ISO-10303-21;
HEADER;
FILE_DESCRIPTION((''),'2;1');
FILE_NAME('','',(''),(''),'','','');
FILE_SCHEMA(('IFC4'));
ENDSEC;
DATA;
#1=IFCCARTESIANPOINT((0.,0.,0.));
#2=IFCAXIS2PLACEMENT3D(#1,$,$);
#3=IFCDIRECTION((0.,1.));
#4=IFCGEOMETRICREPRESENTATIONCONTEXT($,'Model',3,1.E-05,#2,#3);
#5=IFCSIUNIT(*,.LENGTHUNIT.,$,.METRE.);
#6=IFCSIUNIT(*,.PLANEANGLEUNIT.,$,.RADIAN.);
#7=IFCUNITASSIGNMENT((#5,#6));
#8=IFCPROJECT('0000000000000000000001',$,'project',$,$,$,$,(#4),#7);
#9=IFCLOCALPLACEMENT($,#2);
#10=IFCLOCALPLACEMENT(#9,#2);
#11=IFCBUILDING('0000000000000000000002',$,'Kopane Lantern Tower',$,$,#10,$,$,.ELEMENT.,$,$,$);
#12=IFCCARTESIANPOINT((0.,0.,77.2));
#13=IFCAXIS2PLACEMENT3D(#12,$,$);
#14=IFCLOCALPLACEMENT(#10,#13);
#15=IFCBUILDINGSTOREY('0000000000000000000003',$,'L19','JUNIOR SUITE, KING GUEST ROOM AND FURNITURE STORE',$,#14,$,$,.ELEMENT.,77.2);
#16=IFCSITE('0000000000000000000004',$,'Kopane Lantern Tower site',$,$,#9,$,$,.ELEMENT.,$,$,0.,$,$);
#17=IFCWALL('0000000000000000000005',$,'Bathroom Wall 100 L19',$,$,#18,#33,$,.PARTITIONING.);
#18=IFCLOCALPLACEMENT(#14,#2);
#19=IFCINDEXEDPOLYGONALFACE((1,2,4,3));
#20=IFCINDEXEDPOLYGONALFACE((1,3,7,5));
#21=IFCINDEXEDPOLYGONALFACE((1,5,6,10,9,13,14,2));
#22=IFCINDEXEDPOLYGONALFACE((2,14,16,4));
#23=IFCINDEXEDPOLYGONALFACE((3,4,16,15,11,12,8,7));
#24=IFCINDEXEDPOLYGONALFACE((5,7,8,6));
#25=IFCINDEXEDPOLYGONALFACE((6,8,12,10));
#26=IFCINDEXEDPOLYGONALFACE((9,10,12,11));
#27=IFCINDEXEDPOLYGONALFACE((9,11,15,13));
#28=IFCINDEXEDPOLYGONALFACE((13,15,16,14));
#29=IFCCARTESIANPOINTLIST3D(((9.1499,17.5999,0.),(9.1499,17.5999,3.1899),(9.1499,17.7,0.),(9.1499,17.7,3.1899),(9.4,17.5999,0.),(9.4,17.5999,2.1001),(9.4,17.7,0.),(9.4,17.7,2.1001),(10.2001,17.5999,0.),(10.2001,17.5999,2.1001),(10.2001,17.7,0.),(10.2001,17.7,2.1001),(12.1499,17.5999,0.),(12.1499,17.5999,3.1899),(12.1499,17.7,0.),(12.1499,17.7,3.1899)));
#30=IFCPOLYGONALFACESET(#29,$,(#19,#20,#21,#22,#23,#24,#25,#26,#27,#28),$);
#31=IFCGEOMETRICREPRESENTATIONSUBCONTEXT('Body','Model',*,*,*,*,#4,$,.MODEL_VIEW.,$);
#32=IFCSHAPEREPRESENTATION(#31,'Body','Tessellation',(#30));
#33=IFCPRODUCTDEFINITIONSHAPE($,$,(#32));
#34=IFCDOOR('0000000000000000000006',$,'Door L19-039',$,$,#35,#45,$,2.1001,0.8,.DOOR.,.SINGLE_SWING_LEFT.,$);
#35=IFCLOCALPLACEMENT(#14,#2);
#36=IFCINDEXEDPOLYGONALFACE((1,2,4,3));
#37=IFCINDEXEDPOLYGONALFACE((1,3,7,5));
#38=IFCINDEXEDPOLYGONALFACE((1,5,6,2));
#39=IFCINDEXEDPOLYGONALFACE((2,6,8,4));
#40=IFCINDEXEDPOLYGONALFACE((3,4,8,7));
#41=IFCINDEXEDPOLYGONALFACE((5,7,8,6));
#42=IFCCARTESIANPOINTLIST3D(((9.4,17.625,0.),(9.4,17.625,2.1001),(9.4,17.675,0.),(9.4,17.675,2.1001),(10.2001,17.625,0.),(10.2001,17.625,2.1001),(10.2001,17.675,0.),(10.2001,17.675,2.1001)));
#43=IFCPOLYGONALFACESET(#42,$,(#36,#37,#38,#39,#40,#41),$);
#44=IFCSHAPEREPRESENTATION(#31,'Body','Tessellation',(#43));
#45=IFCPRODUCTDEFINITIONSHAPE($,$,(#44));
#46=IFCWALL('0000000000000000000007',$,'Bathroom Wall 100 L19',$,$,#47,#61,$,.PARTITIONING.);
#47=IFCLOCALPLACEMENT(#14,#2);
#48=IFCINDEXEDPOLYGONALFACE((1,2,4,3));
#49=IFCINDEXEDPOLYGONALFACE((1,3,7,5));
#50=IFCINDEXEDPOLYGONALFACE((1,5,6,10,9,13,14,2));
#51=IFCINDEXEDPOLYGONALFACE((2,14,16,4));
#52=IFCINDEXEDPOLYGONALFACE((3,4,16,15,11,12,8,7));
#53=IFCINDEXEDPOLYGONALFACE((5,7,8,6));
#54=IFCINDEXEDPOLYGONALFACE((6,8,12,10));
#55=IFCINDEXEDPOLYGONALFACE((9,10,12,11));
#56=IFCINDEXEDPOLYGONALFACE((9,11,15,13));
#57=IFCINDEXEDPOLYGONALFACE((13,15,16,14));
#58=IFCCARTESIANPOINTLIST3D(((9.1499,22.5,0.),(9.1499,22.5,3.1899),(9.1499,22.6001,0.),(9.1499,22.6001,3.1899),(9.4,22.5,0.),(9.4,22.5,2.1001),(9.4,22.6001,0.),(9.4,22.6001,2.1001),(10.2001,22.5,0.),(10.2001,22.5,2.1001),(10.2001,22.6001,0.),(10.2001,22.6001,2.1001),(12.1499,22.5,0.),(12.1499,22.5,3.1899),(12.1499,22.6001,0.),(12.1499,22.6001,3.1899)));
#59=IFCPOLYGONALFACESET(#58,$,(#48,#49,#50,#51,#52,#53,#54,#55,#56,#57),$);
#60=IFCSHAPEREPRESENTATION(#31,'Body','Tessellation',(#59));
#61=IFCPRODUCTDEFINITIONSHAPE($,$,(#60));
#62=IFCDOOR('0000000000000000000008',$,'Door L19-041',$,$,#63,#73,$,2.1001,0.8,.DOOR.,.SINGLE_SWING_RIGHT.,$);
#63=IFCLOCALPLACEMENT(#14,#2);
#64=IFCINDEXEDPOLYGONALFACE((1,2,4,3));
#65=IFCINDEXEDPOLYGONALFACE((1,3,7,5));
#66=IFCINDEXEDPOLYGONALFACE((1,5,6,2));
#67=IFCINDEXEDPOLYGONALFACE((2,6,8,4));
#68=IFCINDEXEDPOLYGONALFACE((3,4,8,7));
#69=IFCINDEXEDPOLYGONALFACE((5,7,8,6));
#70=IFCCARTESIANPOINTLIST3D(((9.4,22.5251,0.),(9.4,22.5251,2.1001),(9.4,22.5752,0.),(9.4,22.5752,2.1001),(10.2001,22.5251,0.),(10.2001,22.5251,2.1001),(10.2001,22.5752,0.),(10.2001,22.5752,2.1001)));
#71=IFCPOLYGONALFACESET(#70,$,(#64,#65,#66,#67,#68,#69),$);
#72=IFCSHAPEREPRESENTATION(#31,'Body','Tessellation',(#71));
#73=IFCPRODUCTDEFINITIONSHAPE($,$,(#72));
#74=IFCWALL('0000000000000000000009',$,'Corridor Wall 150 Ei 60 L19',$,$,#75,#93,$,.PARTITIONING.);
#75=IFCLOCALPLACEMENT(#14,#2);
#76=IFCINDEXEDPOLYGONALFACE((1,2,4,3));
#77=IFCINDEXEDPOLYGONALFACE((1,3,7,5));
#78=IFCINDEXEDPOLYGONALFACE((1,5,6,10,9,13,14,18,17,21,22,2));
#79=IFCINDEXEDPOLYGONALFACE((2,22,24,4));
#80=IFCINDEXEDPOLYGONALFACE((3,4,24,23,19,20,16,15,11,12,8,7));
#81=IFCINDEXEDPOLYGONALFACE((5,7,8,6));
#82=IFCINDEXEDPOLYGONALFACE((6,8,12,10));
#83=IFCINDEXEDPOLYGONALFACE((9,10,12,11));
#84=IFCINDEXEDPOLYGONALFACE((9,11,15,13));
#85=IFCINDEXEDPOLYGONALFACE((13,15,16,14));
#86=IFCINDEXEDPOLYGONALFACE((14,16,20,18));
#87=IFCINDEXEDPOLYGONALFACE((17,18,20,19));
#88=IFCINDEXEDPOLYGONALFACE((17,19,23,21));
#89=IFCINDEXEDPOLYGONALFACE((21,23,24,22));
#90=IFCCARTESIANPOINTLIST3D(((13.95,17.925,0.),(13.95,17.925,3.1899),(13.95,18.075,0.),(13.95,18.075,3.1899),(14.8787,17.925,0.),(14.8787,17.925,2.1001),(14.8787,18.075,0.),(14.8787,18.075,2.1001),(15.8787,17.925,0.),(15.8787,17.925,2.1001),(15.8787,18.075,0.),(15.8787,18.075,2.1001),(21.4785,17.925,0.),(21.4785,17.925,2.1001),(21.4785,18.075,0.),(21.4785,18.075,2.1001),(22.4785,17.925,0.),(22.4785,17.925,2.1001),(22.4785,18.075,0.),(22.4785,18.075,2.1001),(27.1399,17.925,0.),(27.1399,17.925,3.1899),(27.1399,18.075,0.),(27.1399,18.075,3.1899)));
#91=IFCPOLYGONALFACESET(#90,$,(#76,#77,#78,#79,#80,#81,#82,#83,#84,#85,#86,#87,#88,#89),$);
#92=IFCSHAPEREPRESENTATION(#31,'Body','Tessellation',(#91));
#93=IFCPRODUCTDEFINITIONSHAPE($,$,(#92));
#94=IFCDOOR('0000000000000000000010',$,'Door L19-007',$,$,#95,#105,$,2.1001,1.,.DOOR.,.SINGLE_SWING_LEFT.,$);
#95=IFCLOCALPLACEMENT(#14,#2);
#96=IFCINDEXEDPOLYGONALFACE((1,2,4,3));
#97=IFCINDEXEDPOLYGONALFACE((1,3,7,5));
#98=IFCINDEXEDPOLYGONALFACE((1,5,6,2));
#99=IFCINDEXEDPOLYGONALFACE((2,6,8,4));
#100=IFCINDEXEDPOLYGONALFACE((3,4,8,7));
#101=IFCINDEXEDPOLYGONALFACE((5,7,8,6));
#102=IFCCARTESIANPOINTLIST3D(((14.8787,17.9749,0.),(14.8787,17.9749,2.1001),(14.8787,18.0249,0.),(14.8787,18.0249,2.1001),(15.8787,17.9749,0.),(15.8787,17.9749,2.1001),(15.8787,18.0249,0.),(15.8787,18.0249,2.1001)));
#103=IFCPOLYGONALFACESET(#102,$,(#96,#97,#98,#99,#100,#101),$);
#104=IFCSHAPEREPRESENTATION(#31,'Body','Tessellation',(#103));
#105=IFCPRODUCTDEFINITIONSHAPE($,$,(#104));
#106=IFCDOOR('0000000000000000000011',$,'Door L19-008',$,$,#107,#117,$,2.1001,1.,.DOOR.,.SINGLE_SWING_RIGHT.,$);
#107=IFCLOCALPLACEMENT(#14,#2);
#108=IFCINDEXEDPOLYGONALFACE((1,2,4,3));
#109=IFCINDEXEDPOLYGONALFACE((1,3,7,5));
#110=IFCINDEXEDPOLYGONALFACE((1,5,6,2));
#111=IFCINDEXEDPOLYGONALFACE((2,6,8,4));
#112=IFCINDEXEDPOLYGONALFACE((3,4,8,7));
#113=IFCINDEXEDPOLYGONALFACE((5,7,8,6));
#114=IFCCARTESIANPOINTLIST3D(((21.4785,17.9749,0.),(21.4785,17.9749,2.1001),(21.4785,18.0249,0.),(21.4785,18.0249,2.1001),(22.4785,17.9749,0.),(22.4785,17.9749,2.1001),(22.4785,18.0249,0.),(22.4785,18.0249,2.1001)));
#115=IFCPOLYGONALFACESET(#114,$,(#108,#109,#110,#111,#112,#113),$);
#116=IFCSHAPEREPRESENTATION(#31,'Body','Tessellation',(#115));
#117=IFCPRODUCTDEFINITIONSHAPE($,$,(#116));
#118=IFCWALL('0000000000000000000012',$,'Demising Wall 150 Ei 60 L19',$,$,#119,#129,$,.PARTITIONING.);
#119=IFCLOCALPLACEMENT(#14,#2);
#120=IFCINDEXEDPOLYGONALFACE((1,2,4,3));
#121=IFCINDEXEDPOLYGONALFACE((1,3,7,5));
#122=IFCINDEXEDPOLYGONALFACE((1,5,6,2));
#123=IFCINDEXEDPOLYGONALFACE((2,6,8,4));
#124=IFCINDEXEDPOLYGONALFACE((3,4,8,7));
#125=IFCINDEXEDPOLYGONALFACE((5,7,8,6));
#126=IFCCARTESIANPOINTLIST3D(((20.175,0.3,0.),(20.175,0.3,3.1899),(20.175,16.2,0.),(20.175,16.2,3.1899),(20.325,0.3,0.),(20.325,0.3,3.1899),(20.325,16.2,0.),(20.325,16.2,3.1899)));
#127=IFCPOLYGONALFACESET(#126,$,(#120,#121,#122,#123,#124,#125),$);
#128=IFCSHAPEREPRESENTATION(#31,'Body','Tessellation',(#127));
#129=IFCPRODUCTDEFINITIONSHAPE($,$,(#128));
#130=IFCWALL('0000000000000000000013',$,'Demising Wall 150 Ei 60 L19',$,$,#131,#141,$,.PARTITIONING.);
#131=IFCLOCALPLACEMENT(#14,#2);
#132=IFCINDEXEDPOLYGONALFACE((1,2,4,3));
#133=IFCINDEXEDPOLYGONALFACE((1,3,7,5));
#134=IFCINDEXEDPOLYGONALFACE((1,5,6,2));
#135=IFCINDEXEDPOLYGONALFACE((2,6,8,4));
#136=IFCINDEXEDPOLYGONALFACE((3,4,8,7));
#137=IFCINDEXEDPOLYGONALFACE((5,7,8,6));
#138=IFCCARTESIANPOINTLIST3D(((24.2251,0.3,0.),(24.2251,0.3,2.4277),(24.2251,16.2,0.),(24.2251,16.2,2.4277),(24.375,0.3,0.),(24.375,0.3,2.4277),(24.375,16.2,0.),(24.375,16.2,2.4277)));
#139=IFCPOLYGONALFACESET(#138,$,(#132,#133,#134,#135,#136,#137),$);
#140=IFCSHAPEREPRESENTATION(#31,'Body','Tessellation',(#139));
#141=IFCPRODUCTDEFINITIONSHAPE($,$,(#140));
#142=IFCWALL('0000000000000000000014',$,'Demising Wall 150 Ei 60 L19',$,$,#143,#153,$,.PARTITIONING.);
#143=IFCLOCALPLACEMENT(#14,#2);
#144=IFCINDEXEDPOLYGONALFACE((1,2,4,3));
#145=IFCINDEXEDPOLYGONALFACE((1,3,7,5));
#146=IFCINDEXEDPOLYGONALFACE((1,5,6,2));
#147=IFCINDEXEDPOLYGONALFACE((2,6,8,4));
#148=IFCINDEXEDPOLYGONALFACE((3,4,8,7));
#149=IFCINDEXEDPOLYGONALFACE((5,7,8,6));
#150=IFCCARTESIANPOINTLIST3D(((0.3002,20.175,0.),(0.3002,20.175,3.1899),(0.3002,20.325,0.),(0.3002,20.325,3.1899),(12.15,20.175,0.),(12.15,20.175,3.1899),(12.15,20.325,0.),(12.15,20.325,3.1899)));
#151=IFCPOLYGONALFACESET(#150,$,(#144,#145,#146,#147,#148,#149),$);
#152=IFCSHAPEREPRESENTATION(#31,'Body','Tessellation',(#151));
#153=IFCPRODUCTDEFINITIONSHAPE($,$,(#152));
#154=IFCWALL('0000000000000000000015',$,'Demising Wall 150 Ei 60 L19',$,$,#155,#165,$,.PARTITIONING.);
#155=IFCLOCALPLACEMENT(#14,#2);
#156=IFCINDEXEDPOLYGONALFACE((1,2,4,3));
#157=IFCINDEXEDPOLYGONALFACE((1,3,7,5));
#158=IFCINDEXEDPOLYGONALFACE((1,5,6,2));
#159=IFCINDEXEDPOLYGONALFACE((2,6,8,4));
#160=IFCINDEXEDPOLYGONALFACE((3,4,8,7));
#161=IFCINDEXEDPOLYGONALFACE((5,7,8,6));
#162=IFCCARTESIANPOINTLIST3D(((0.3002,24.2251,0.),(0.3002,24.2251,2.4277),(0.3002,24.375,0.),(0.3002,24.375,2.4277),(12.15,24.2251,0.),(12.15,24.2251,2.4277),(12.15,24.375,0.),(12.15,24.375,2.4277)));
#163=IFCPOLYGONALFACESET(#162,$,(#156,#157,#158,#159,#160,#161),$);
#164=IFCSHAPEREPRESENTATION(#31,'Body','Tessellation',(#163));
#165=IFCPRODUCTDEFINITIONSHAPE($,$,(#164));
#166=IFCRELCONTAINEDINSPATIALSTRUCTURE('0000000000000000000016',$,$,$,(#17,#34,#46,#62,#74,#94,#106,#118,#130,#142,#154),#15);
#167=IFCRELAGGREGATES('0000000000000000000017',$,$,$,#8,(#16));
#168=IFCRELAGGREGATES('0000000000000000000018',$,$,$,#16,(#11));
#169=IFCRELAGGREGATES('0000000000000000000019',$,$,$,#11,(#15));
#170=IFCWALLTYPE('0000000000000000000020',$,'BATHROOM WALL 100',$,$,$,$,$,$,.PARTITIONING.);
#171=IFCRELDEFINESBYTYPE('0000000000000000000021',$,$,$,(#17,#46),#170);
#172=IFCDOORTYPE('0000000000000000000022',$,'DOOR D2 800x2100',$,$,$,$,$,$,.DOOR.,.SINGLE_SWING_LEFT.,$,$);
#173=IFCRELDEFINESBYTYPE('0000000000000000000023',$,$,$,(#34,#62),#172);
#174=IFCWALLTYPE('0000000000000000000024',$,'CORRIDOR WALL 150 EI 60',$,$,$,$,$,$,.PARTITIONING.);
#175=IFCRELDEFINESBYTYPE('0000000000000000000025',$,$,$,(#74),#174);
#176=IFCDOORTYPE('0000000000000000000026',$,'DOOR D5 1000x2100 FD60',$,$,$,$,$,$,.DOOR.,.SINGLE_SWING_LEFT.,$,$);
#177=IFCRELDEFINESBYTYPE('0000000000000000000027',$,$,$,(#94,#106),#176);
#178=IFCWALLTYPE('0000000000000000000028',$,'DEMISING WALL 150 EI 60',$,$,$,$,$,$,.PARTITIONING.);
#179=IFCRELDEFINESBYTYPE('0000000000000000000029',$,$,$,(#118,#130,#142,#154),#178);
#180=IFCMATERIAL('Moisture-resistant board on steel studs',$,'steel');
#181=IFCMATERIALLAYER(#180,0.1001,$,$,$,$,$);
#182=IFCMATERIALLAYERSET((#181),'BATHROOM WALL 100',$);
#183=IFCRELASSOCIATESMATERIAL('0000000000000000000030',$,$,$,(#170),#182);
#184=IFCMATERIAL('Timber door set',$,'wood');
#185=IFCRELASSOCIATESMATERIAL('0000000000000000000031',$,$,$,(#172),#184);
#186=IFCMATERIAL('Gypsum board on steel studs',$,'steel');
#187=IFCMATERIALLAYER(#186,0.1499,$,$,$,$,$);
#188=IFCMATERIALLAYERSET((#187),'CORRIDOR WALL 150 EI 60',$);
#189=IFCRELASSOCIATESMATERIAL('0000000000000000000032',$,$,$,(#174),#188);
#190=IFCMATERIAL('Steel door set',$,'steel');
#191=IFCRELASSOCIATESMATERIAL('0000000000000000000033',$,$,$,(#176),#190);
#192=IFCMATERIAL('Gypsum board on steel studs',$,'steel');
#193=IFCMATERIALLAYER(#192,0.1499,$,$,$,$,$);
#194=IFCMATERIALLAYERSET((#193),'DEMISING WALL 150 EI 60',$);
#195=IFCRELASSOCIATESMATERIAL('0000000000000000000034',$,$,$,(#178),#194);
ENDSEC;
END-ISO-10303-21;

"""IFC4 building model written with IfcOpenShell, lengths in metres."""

from ifc_helpers import new_model, si_unit, direction, frame, frame_2d, origin, place, context, subcontext, project, spatial, rectangle, extrude, material, layer, layer_set, type_object, element, fill, save


model = new_model("IFC4")

# Units and contexts
model_context = context("Model", 3, precision=1e-05, world=origin(), true_north=direction((0.0, 1.0)))
body_context = subcontext(model_context, "Body", "Model", "MODEL_VIEW")
ifc_project = project(units=[si_unit("LENGTHUNIT", "METRE"), si_unit("PLANEANGLEUNIT", "RADIAN")], contexts=[model_context])

# Site, building, storey
site_placement = place(None, origin())
site = spatial("IfcSite", under=ifc_project, at=site_placement, Name="Kopane Lantern Tower site", CompositionType="ELEMENT", RefElevation=0.0)
building_placement = place(site_placement, origin())
building = spatial("IfcBuilding", under=site, at=building_placement, Name="Kopane Lantern Tower", CompositionType="ELEMENT")
storey_placement = place(building_placement, frame((0.0, 0.0, 77.2)))
storey = spatial("IfcBuildingStorey", under=building, at=storey_placement, Name="L19", Description="JUNIOR SUITE, KING GUEST ROOM AND FURNITURE STORE", CompositionType="ELEMENT", Elevation=77.2)

# Walls, openings, doors
ifc_material_1 = material(Name="Moisture-resistant board on steel studs", Category="steel")
ifc_layer_1 = layer(ifc_material_1, 0.1001)
ifc_layer_set_1 = layer_set([ifc_layer_1], Name="BATHROOM WALL 100")
wall_type_1 = type_object("IfcWallType", Name="BATHROOM WALL 100", PredefinedType="PARTITIONING", material=ifc_layer_set_1)
ifc_material_2 = material(Name="Timber door set", Category="wood")
door_type_1 = type_object("IfcDoorType", Name="DOOR D2 800x2100", OperationType="SINGLE_SWING_LEFT", PredefinedType="DOOR", material=ifc_material_2)
wall_1_placement = place(storey_placement, frame((12.1499, 17.6499, 0.0), z_axis=(0.0, 0.0, 1.0), x_axis=(-1.0, 0.0, 0.0)))
wall_1 = element("IfcWall", 1, at=wall_1_placement, inside=storey, type_object=wall_type_1, Name="Bathroom Wall 100 L19", PredefinedType="PARTITIONING", context=body_context, shape_type="SweptSolid", body=[
    extrude(rectangle(XDim=3.0, YDim=0.1001, at=frame_2d((1.5, 0.0))), origin(), (0.0, 0.0, 1.0), 3.1899),
])
opening_1_placement = place(wall_1_placement, frame((1.95, 0.0, 0.0)))
opening_1 = element("IfcOpeningElement", 2, at=opening_1_placement, cuts=wall_1, PredefinedType="OPENING", context=body_context, shape_type="SweptSolid", body=[
    extrude(rectangle(XDim=0.8, YDim=2.1001, at=frame_2d((0.3999, 1.05))), frame((0.0, 0.0601, 0.0), z_axis=(0.0, -1.0, 0.0), x_axis=(1.0, 0.0, 0.0)), (0.0, 0.0, 1.0), 0.1201),
])
door_1_placement = place(opening_1_placement, origin())
door_1 = element("IfcDoor", 3, at=door_1_placement, inside=storey, type_object=door_type_1, Name="Door L19-039", OperationType="SINGLE_SWING_LEFT", OverallHeight=2.1001, OverallWidth=0.8, PredefinedType="DOOR", context=body_context, shape_type="SweptSolid", body=[
    extrude(rectangle(XDim=0.8, YDim=2.1001, at=frame_2d((0.3999, 1.05))), frame((0.0, 0.0249, 0.0), z_axis=(0.0, -1.0, 0.0), x_axis=(1.0, 0.0, 0.0)), (0.0, 0.0, 1.0), 0.05),
])
fill(opening_1, door_1)
wall_2_placement = place(storey_placement, frame((12.1499, 22.55, 0.0), z_axis=(0.0, 0.0, 1.0), x_axis=(-1.0, 0.0, 0.0)))
wall_2 = element("IfcWall", 4, at=wall_2_placement, inside=storey, type_object=wall_type_1, Name="Bathroom Wall 100 L19", PredefinedType="PARTITIONING", context=body_context, shape_type="SweptSolid", body=[
    extrude(rectangle(XDim=3.0, YDim=0.1001, at=frame_2d((1.5, 0.0))), origin(), (0.0, 0.0, 1.0), 3.1899),
])
opening_2_placement = place(wall_2_placement, frame((1.95, 0.0, 0.0)))
opening_2 = element("IfcOpeningElement", 5, at=opening_2_placement, cuts=wall_2, PredefinedType="OPENING", context=body_context, shape_type="SweptSolid", body=[
    extrude(rectangle(XDim=0.8, YDim=2.1001, at=frame_2d((0.3999, 1.05))), frame((0.0, 0.0601, 0.0), z_axis=(0.0, -1.0, 0.0), x_axis=(1.0, 0.0, 0.0)), (0.0, 0.0, 1.0), 0.1201),
])
door_2_placement = place(opening_2_placement, origin())
door_2 = element("IfcDoor", 6, at=door_2_placement, inside=storey, type_object=door_type_1, Name="Door L19-041", OperationType="SINGLE_SWING_RIGHT", OverallHeight=2.1001, OverallWidth=0.8, PredefinedType="DOOR", context=body_context, shape_type="SweptSolid", body=[
    extrude(rectangle(XDim=0.8, YDim=2.1001, at=frame_2d((0.3999, 1.05))), frame((0.0, 0.0249, 0.0), z_axis=(0.0, -1.0, 0.0), x_axis=(1.0, 0.0, 0.0)), (0.0, 0.0, 1.0), 0.05),
])
fill(opening_2, door_2)

# Wall, openings, doors
ifc_material_3 = material(Name="Gypsum board on steel studs", Category="steel")
ifc_layer_2 = layer(ifc_material_3, 0.1499)
ifc_layer_set_2 = layer_set([ifc_layer_2], Name="CORRIDOR WALL 150 EI 60")
wall_type_2 = type_object("IfcWallType", Name="CORRIDOR WALL 150 EI 60", PredefinedType="PARTITIONING", material=ifc_layer_set_2)
wall_3_placement = place(storey_placement, frame((13.95, 18.0, 0.0), z_axis=(0.0, 0.0, 1.0), x_axis=(1.0, 0.0, 0.0)))
wall_3 = element("IfcWall", 7, at=wall_3_placement, inside=storey, type_object=wall_type_2, Name="Corridor Wall 150 Ei 60 L19", PredefinedType="PARTITIONING", context=body_context, shape_type="SweptSolid", body=[
    extrude(rectangle(XDim=13.1899, YDim=0.1499, at=frame_2d((6.595, 0.0))), origin(), (0.0, 0.0, 1.0), 3.1899),
])
opening_3_placement = place(wall_3_placement, frame((0.9287, 0.0, 0.0)))
opening_3 = element("IfcOpeningElement", 8, at=opening_3_placement, cuts=wall_3, PredefinedType="OPENING", context=body_context, shape_type="SweptSolid", body=[
    extrude(rectangle(XDim=1.0, YDim=2.1001, at=frame_2d((0.5, 1.05))), frame((0.0, 0.085, 0.0), z_axis=(0.0, -1.0, 0.0), x_axis=(1.0, 0.0, 0.0)), (0.0, 0.0, 1.0), 0.1699),
])
opening_4_placement = place(wall_3_placement, frame((7.5286, 0.0, 0.0)))
opening_4 = element("IfcOpeningElement", 9, at=opening_4_placement, cuts=wall_3, PredefinedType="OPENING", context=body_context, shape_type="SweptSolid", body=[
    extrude(rectangle(XDim=1.0, YDim=2.1001, at=frame_2d((0.5, 1.05))), frame((0.0, 0.085, 0.0), z_axis=(0.0, -1.0, 0.0), x_axis=(1.0, 0.0, 0.0)), (0.0, 0.0, 1.0), 0.1699),
])
ifc_material_4 = material(Name="Steel door set", Category="steel")
door_type_2 = type_object("IfcDoorType", Name="DOOR D5 1000x2100 FD60", OperationType="SINGLE_SWING_LEFT", PredefinedType="DOOR", material=ifc_material_4)
door_3_placement = place(opening_3_placement, origin())
door_3 = element("IfcDoor", 10, at=door_3_placement, inside=storey, type_object=door_type_2, Name="Door L19-007", OperationType="SINGLE_SWING_LEFT", OverallHeight=2.1001, OverallWidth=1.0, PredefinedType="DOOR", context=body_context, shape_type="SweptSolid", body=[
    extrude(rectangle(XDim=1.0, YDim=2.1001, at=frame_2d((0.5, 1.05))), frame((0.0, 0.0249, 0.0), z_axis=(0.0, -1.0, 0.0), x_axis=(1.0, 0.0, 0.0)), (0.0, 0.0, 1.0), 0.05),
])
fill(opening_3, door_3)
door_4_placement = place(opening_4_placement, origin())
door_4 = element("IfcDoor", 11, at=door_4_placement, inside=storey, type_object=door_type_2, Name="Door L19-008", OperationType="SINGLE_SWING_RIGHT", OverallHeight=2.1001, OverallWidth=1.0, PredefinedType="DOOR", context=body_context, shape_type="SweptSolid", body=[
    extrude(rectangle(XDim=1.0, YDim=2.1001, at=frame_2d((0.5, 1.05))), frame((0.0, 0.0249, 0.0), z_axis=(0.0, -1.0, 0.0), x_axis=(1.0, 0.0, 0.0)), (0.0, 0.0, 1.0), 0.05),
])
fill(opening_4, door_4)

# Walls
ifc_material_5 = material(Name="Gypsum board on steel studs", Category="steel")
ifc_layer_3 = layer(ifc_material_5, 0.1499)
ifc_layer_set_3 = layer_set([ifc_layer_3], Name="DEMISING WALL 150 EI 60")
wall_type_3 = type_object("IfcWallType", Name="DEMISING WALL 150 EI 60", PredefinedType="PARTITIONING", material=ifc_layer_set_3)
wall_4_placement = place(storey_placement, frame((20.25, 16.2, 0.0), z_axis=(0.0, 0.0, 1.0), x_axis=(0.0, -1.0, 0.0)))
element("IfcWall", 12, at=wall_4_placement, inside=storey, type_object=wall_type_3, Name="Demising Wall 150 Ei 60 L19", PredefinedType="PARTITIONING", context=body_context, shape_type="SweptSolid", body=[
    extrude(rectangle(XDim=15.8999, YDim=0.1499, at=frame_2d((7.95, 0.0))), origin(), (0.0, 0.0, 1.0), 3.1899),
])
wall_5_placement = place(storey_placement, frame((24.3, 16.2, 0.0), z_axis=(0.0, 0.0, 1.0), x_axis=(0.0, -1.0, 0.0)))
element("IfcWall", 13, at=wall_5_placement, inside=storey, type_object=wall_type_3, Name="Demising Wall 150 Ei 60 L19", PredefinedType="PARTITIONING", context=body_context, shape_type="SweptSolid", body=[
    extrude(rectangle(XDim=15.8999, YDim=0.1499, at=frame_2d((7.95, 0.0))), origin(), (0.0, 0.0, 1.0), 2.4277),
])
wall_6_placement = place(storey_placement, frame((12.1499, 20.25, 0.0), z_axis=(0.0, 0.0, 1.0), x_axis=(-1.0, 0.0, 0.0)))
element("IfcWall", 14, at=wall_6_placement, inside=storey, type_object=wall_type_3, Name="Demising Wall 150 Ei 60 L19", PredefinedType="PARTITIONING", context=body_context, shape_type="SweptSolid", body=[
    extrude(rectangle(XDim=11.8499, YDim=0.1499, at=frame_2d((5.9248, 0.0))), origin(), (0.0, 0.0, 1.0), 3.1899),
])
wall_7_placement = place(storey_placement, frame((12.1499, 24.3, 0.0), z_axis=(0.0, 0.0, 1.0), x_axis=(-1.0, 0.0, 0.0)))
element("IfcWall", 15, at=wall_7_placement, inside=storey, type_object=wall_type_3, Name="Demising Wall 150 Ei 60 L19", PredefinedType="PARTITIONING", context=body_context, shape_type="SweptSolid", body=[
    extrude(rectangle(XDim=11.8499, YDim=0.1499, at=frame_2d((5.9248, 0.0))), origin(), (0.0, 0.0, 1.0), 2.4277),
])

save(model, "model.ifc")
